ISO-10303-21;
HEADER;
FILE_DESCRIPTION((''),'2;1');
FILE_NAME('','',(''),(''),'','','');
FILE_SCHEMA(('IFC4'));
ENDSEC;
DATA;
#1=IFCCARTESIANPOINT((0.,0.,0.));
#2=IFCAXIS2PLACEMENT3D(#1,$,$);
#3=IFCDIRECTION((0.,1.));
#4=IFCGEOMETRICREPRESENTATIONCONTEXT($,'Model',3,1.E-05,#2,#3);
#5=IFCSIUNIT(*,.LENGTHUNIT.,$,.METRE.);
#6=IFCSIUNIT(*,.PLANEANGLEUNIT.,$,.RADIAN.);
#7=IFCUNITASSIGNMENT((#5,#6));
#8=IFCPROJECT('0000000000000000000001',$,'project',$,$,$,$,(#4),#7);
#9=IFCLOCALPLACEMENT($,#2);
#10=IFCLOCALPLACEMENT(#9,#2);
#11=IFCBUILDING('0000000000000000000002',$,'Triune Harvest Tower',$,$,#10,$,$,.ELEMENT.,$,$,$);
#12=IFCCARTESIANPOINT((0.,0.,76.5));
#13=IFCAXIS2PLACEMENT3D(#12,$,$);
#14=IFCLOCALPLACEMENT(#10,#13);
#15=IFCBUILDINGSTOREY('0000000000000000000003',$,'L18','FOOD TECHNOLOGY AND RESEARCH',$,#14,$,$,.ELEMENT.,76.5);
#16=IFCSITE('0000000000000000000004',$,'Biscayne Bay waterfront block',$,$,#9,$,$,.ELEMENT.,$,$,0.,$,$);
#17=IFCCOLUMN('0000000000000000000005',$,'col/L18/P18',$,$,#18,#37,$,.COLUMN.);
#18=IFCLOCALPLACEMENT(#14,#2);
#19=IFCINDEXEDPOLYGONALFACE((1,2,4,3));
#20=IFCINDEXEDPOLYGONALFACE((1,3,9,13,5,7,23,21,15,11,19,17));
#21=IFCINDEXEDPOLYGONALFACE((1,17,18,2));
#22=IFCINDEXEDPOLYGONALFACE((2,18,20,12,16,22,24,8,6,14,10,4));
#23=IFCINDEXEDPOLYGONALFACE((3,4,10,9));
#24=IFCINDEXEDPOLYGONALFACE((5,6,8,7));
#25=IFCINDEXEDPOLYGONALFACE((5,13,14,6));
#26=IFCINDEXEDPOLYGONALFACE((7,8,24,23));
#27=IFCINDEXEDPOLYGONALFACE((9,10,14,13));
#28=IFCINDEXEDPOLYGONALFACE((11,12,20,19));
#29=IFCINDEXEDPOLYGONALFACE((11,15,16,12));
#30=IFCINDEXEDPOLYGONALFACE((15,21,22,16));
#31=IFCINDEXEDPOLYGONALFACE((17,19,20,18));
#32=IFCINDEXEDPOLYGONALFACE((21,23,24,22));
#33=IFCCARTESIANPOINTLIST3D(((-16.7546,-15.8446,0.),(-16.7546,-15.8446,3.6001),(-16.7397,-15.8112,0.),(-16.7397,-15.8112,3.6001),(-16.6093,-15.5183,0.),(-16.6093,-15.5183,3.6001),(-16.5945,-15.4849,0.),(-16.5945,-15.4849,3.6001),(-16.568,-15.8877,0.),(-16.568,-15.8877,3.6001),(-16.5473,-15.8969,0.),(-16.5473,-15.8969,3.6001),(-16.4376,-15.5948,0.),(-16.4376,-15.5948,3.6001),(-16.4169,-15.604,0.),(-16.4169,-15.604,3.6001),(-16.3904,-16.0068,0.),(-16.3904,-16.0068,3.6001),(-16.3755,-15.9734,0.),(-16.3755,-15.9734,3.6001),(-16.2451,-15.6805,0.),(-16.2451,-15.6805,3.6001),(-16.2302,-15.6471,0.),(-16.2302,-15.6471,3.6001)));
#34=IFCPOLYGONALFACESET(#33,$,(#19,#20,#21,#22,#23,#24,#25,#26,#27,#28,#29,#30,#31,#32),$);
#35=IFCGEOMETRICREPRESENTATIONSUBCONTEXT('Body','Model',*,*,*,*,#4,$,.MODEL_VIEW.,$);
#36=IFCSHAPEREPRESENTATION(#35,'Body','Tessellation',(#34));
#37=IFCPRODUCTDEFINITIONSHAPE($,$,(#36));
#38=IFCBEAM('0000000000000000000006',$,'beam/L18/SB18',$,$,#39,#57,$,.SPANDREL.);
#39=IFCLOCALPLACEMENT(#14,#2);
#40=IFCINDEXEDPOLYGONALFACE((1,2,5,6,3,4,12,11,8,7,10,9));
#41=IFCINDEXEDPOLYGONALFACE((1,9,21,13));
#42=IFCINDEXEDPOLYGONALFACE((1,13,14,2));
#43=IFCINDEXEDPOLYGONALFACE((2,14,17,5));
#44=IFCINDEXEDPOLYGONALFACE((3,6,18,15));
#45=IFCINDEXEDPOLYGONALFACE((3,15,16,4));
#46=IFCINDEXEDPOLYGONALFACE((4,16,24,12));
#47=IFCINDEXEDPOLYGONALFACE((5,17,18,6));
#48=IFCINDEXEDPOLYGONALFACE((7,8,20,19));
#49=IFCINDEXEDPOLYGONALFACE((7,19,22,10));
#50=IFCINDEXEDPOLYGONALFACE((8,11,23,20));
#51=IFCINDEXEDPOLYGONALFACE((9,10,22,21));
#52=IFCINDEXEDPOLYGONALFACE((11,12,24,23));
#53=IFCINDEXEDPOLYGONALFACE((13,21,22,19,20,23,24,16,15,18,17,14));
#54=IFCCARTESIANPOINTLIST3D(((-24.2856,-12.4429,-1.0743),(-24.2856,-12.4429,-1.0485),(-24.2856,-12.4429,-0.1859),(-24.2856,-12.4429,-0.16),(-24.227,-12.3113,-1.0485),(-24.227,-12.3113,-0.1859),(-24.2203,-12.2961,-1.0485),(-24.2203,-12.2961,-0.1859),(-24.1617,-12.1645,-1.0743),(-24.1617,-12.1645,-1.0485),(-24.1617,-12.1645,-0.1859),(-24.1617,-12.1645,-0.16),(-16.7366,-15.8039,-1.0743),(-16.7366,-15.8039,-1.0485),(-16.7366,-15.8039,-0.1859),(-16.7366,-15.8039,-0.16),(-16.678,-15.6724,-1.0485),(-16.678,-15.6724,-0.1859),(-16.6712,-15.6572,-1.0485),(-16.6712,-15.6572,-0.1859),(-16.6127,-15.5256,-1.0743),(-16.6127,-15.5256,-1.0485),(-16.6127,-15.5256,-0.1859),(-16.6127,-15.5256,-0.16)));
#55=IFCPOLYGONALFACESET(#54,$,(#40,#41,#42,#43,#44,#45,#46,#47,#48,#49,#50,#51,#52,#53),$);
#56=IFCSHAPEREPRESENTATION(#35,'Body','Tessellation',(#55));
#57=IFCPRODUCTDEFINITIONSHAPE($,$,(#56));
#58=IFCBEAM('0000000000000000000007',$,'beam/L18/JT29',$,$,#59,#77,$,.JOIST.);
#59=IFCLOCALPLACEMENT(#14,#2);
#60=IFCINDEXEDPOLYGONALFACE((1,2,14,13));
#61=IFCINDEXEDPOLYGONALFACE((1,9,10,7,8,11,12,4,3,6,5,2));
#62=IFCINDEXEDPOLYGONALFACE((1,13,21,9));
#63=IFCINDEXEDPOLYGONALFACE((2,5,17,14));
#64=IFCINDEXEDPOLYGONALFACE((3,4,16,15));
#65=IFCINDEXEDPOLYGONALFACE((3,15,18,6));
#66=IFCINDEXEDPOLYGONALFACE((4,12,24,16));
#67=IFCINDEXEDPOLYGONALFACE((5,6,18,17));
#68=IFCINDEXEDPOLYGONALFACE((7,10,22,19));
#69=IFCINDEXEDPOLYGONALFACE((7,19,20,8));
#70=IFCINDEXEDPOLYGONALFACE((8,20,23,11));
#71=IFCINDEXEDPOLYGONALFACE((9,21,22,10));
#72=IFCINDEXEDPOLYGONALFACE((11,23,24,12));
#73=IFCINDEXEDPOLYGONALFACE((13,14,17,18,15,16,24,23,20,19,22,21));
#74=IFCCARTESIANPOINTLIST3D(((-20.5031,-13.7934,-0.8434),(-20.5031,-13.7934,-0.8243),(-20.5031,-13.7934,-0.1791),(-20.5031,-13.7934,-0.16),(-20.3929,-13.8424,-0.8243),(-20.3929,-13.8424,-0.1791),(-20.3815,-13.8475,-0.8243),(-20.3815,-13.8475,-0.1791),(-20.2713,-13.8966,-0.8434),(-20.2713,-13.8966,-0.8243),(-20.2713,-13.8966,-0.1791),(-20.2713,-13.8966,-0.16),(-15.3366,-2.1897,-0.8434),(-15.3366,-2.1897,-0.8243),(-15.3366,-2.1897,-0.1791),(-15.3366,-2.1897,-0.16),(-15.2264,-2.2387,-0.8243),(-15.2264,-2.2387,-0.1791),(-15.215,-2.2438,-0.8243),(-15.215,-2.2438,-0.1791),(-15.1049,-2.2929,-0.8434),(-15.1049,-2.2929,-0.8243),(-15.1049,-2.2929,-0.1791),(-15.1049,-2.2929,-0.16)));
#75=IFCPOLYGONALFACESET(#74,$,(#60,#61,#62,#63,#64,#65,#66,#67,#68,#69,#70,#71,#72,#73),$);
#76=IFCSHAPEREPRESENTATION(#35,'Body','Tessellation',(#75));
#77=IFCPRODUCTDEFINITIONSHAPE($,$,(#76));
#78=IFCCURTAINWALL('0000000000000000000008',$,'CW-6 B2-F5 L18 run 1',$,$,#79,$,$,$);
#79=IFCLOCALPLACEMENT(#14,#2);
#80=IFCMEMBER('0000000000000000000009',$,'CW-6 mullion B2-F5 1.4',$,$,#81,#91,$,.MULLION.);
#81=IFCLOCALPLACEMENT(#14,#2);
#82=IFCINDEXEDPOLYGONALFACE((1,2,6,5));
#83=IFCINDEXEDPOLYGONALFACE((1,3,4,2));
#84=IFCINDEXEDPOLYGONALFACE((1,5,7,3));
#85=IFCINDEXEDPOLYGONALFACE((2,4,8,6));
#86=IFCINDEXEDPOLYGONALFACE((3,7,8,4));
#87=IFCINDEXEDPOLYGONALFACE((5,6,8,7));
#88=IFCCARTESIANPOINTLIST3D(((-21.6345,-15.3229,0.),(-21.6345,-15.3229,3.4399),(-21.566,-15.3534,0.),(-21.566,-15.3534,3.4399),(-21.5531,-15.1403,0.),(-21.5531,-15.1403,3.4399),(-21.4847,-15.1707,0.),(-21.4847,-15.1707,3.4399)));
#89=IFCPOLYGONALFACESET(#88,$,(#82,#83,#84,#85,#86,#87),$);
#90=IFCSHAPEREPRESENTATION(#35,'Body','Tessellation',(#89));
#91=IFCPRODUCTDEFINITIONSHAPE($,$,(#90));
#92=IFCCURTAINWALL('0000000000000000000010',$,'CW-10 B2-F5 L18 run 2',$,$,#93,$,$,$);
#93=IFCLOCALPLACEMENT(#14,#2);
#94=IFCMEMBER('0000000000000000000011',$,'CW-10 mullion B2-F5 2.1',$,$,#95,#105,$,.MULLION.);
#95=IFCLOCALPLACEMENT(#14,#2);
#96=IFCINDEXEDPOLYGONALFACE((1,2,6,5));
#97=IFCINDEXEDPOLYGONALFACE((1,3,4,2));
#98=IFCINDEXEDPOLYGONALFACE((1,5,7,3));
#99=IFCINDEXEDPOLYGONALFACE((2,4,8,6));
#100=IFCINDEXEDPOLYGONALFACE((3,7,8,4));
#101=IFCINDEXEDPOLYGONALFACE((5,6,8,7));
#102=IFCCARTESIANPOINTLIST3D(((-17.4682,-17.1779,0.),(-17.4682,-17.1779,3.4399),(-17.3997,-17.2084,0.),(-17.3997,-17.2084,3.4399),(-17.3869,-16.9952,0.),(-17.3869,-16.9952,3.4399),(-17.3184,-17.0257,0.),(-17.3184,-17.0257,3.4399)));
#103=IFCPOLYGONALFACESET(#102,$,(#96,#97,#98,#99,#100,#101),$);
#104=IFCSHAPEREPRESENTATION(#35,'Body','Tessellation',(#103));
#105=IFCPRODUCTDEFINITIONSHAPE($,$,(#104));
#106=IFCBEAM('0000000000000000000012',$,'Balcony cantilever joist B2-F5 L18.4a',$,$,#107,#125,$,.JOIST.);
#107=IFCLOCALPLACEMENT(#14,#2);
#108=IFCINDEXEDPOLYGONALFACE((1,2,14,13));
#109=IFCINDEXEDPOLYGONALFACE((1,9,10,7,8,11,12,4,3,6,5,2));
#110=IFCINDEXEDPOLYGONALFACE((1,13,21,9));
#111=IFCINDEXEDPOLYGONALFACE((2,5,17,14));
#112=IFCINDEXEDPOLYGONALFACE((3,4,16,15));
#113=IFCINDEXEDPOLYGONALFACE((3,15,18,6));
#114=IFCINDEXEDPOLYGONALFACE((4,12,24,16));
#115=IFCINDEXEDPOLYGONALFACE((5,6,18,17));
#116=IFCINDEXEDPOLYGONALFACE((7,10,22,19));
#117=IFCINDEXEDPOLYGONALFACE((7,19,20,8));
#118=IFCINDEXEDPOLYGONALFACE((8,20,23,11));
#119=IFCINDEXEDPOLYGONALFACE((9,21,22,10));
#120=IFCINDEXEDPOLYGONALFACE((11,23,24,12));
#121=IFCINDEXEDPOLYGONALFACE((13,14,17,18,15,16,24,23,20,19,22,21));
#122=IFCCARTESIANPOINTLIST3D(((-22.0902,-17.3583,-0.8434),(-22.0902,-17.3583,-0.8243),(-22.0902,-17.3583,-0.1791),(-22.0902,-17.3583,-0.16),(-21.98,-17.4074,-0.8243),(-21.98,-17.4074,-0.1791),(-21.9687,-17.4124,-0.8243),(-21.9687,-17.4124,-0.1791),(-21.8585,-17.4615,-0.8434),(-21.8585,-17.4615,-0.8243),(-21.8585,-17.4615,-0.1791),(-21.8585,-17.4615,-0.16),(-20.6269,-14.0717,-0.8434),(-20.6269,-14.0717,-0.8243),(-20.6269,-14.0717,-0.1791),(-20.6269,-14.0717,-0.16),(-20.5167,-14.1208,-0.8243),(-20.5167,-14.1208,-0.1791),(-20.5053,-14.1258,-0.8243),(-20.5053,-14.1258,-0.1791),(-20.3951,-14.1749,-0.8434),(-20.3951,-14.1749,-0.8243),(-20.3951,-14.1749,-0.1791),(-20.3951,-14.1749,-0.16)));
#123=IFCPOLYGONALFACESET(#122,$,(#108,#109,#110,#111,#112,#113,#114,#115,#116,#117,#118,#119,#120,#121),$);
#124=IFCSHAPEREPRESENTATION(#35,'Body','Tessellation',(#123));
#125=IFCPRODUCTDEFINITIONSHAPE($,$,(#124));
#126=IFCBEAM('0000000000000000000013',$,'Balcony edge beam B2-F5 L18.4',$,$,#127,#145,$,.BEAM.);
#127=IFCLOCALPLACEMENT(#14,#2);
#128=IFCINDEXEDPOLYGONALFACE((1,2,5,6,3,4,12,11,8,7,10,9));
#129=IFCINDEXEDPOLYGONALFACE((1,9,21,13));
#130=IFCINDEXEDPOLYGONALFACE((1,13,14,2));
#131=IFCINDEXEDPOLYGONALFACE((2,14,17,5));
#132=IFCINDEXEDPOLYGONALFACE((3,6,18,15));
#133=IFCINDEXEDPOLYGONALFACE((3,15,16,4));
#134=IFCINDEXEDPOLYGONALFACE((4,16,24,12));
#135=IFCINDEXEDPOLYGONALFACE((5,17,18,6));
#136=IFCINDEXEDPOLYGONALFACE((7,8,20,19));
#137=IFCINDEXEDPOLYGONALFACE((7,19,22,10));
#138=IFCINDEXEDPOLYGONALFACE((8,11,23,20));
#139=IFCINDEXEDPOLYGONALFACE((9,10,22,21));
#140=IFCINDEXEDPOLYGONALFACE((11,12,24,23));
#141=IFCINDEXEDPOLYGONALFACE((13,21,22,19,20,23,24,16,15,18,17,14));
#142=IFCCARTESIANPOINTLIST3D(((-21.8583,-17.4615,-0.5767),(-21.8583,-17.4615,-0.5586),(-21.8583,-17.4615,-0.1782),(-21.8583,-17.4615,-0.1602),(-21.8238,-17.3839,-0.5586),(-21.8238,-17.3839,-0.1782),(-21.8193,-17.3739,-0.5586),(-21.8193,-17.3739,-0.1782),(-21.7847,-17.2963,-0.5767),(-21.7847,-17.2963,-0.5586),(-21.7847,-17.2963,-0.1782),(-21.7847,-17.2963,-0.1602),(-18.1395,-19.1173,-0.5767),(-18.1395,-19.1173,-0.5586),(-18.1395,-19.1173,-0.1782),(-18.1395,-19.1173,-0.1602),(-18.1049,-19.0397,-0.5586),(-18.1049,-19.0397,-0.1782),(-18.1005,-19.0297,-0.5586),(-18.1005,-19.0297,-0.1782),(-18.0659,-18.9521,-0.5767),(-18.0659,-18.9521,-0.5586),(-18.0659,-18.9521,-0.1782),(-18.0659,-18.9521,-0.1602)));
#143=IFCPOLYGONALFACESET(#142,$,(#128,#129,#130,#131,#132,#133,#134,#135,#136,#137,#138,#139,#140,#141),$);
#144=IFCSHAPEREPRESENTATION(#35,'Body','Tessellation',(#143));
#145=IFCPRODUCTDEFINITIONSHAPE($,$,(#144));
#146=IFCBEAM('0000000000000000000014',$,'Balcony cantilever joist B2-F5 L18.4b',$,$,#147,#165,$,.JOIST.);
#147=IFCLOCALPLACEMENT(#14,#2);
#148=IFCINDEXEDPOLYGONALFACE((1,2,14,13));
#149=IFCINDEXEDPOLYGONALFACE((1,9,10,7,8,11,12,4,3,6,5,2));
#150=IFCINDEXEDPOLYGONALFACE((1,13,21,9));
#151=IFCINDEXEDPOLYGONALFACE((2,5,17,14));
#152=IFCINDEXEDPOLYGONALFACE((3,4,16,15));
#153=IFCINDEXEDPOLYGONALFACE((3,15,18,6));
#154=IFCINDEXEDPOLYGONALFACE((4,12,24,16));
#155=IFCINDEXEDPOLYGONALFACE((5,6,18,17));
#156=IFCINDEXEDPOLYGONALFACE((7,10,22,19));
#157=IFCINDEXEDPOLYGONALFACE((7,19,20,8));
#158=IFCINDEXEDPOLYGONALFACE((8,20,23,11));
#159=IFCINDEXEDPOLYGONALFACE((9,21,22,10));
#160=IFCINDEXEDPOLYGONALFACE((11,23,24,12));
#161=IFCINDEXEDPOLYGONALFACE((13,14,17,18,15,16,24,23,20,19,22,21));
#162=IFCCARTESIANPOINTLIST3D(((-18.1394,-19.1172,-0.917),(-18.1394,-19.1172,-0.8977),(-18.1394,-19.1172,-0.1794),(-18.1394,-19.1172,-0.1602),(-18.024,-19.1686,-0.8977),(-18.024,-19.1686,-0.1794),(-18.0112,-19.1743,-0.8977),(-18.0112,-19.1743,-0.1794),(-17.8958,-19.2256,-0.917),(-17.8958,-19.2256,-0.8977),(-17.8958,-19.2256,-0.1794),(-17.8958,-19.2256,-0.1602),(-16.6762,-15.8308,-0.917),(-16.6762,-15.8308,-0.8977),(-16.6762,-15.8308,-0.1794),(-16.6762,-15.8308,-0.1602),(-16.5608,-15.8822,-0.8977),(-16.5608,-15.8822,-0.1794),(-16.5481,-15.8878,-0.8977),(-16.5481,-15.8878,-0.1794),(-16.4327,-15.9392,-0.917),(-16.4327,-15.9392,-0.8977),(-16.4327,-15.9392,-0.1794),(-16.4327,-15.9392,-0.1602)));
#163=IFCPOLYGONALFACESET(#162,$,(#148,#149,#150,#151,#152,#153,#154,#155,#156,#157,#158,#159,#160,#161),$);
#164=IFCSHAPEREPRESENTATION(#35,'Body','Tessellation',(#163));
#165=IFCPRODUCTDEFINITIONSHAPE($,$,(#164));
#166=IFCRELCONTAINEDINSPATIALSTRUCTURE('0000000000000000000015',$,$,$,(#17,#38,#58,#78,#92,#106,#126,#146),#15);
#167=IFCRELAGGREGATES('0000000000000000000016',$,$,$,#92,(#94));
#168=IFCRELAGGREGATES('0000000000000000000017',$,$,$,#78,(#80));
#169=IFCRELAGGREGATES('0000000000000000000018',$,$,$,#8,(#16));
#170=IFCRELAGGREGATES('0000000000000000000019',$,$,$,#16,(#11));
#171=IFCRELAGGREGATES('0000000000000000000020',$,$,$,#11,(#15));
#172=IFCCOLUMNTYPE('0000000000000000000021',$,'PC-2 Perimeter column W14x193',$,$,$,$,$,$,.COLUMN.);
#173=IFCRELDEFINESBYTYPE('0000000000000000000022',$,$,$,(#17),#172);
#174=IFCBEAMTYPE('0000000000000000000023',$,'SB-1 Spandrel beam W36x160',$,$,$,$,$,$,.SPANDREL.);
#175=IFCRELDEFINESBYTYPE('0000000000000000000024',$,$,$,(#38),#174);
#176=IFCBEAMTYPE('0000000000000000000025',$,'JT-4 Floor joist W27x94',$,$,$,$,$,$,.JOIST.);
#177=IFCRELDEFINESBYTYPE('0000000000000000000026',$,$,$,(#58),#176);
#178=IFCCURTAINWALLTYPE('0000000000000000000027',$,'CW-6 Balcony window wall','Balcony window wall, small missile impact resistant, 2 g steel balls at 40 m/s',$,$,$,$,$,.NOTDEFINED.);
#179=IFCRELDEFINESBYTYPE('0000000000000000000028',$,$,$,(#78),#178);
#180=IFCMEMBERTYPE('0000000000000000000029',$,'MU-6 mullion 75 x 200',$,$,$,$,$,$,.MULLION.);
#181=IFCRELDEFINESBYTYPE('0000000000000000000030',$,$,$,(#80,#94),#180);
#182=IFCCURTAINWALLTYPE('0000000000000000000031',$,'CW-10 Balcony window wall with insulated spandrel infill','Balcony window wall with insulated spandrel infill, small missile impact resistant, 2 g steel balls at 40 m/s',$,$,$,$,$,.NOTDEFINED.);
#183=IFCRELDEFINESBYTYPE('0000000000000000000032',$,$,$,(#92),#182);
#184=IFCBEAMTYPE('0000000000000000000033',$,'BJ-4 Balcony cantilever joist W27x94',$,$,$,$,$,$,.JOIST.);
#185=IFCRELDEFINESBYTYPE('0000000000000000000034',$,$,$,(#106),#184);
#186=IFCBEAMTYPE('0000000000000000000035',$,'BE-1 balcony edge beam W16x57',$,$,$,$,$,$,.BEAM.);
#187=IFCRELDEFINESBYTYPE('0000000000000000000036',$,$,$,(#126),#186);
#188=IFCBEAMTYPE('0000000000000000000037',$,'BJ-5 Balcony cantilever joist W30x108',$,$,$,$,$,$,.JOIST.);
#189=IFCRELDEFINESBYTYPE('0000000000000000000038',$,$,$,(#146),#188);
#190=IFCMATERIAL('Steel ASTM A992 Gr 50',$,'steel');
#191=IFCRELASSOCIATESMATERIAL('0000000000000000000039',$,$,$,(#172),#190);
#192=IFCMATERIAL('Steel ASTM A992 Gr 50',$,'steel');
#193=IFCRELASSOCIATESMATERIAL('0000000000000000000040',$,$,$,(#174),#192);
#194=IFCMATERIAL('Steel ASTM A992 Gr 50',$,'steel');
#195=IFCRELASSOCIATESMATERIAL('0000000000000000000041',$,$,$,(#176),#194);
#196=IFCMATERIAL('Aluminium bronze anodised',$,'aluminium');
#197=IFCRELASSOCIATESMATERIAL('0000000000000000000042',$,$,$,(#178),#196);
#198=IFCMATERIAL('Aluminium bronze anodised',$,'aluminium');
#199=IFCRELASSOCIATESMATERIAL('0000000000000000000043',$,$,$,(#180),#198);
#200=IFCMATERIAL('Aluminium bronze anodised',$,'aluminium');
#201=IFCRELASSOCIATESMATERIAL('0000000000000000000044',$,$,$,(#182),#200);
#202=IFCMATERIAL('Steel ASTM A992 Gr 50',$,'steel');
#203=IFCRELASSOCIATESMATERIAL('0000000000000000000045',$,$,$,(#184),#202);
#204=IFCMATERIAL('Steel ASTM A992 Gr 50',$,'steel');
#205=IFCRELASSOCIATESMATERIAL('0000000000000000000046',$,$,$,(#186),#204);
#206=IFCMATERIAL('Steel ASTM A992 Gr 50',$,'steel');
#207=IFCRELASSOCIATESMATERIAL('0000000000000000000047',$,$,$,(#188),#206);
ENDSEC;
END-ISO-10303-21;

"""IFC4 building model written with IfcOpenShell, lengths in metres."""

from ifc_helpers import new_model, si_unit, direction, frame, origin, origin_2d, place, context, subcontext, project, spatial, rectangle, i_section, extrude, source, transform, mapped, material, material_profile, profile_set, type_object, element, aggregate, save


model = new_model("IFC4")

# Units and contexts
model_context = context("Model", 3, precision=1e-05, world=origin(), true_north=direction((0.0, 1.0)))
body_context = subcontext(model_context, "Body", "Model", "MODEL_VIEW")
ifc_project = project(units=[si_unit("LENGTHUNIT", "METRE"), si_unit("PLANEANGLEUNIT", "RADIAN")], contexts=[model_context])

# Site, building, storey
site_placement = place(None, origin())
site = spatial("IfcSite", under=ifc_project, at=site_placement, Name="Biscayne Bay waterfront block", CompositionType="ELEMENT", RefElevation=0.0)
building_placement = place(site_placement, origin())
building = spatial("IfcBuilding", under=site, at=building_placement, Name="Triune Harvest Tower", CompositionType="ELEMENT")
storey_placement = place(building_placement, frame((0.0, 0.0, 76.5)))
storey = spatial("IfcBuildingStorey", under=building, at=storey_placement, Name="L18", Description="FOOD TECHNOLOGY AND RESEARCH", CompositionType="ELEMENT", Elevation=76.5)

# Column
ifc_material_1 = material(Name="Steel ASTM A992 Gr 50", Category="steel")
ifc_material_profile_1 = material_profile(ifc_material_1, i_section(OverallWidth=0.3987, OverallDepth=0.3938, WebThickness=0.0227, FlangeThickness=0.0366, at=origin_2d()), Name="W14x193")
ifc_profile_set_1 = profile_set([ifc_material_profile_1], Name="Steel ASTM A992 Gr 50")
column_type = type_object("IfcColumnType", Name="PC-2 Perimeter column W14x193", PredefinedType="COLUMN", material=ifc_profile_set_1)
shared_shape_1 = source(origin(), body_context, "Body", "SweptSolid", [
    extrude(i_section(OverallWidth=0.3987, OverallDepth=0.3938, WebThickness=0.0227, FlangeThickness=0.0366, at=origin_2d()), origin(), (0.0, 0.0, 1.0), 3.6001),
])
column_placement = place(storey_placement, frame((-16.4924, -15.7458, 0.0), z_axis=(0.0, 0.0, 1.0), x_axis=(0.913545, -0.406737, 0.0)))
element("IfcColumn", 1, at=column_placement, inside=storey, type_object=column_type, Name="col/L18/P18", PredefinedType="COLUMN", context=body_context, shape_type="MappedRepresentation", body=[
    mapped(shared_shape_1, transform((0.0, 0.0, 0.0), scale=1.0)),
])

# Beams
ifc_material_2 = material(Name="Steel ASTM A992 Gr 50", Category="steel")
ifc_material_profile_2 = material_profile(ifc_material_2, i_section(OverallWidth=0.3047, OverallDepth=0.9143, WebThickness=0.0166, FlangeThickness=0.0259, at=origin_2d()), Name="W36x160")
ifc_profile_set_2 = profile_set([ifc_material_profile_2], Name="Steel ASTM A992 Gr 50")
beam_type_1 = type_object("IfcBeamType", Name="SB-1 Spandrel beam W36x160", PredefinedType="SPANDREL", material=ifc_profile_set_2)
shared_shape_2 = source(origin(), body_context, "Body", "SweptSolid", [
    extrude(i_section(OverallWidth=0.3047, OverallDepth=0.9143, WebThickness=0.0166, FlangeThickness=0.0259, at=origin_2d()), origin(), (0.0, 0.0, 1.0), 8.2634),
])
beam_1_placement = place(storey_placement, frame((-24.2236, -12.3037, -0.6172), z_axis=(0.913545, -0.406739, 0.0), x_axis=(0.406739, 0.913545, 0.0)))
element("IfcBeam", 2, at=beam_1_placement, inside=storey, type_object=beam_type_1, Name="beam/L18/SB18", PredefinedType="SPANDREL", context=body_context, shape_type="MappedRepresentation", body=[
    mapped(shared_shape_2, transform((0.0, 0.0, 0.0), scale=1.0)),
])
ifc_material_3 = material(Name="Steel ASTM A992 Gr 50", Category="steel")
ifc_material_profile_3 = material_profile(ifc_material_3, i_section(OverallWidth=0.2537, OverallDepth=0.6833, WebThickness=0.0125, FlangeThickness=0.019, at=origin_2d()), Name="W27x94")
ifc_profile_set_3 = profile_set([ifc_material_profile_3], Name="Steel ASTM A992 Gr 50")
beam_type_2 = type_object("IfcBeamType", Name="JT-4 Floor joist W27x94", PredefinedType="JOIST", material=ifc_profile_set_3)
shared_shape_3 = source(origin(), body_context, "Body", "SweptSolid", [
    extrude(i_section(OverallWidth=0.2537, OverallDepth=0.6833, WebThickness=0.0125, FlangeThickness=0.019, at=origin_2d()), origin(), (0.0, 0.0, 1.0), 12.7019),
])
beam_2_placement = place(storey_placement, frame((-20.3872, -13.845, -0.5017), z_axis=(0.406748, 0.91354, 0.0), x_axis=(-0.91354, 0.406748, 0.0)))
element("IfcBeam", 3, at=beam_2_placement, inside=storey, type_object=beam_type_2, Name="beam/L18/JT29", PredefinedType="JOIST", context=body_context, shape_type="MappedRepresentation", body=[
    mapped(shared_shape_3, transform((0.0, 0.0, 0.0), scale=1.0)),
])

# Curtain walls, members
ifc_material_4 = material(Name="Aluminium bronze anodised", Category="aluminium")
curtain_wall_type_1 = type_object("IfcCurtainWallType", Name="CW-6 Balcony window wall", Description="Balcony window wall, small missile impact resistant, 2 g steel balls at 40 m/s", PredefinedType="NOTDEFINED", material=ifc_material_4)
curtain_wall_1_placement = place(storey_placement, origin())
curtain_wall_1 = element("IfcCurtainWall", 4, at=curtain_wall_1_placement, inside=storey, type_object=curtain_wall_type_1, Name="CW-6 B2-F5 L18 run 1")
ifc_material_5 = material(Name="Aluminium bronze anodised", Category="aluminium")
ifc_material_profile_4 = material_profile(ifc_material_5, rectangle(XDim=0.2, YDim=0.075, at=origin_2d()), Name="MU-6 mullion 75 x 200")
ifc_profile_set_4 = profile_set([ifc_material_profile_4], Name="Aluminium bronze anodised")
member_type_1 = type_object("IfcMemberType", Name="MU-6 mullion 75 x 200", PredefinedType="MULLION", material=ifc_profile_set_4)
shared_shape_4 = source(origin(), body_context, "Body", "SweptSolid", [
    extrude(rectangle(XDim=0.2, YDim=0.075, at=origin_2d()), origin(), (0.0, 0.0, 1.0), 3.4399),
])
member_1_placement = place(storey_placement, frame((-21.5596, -15.2468, 0.0), z_axis=(0.0, 0.0, 1.0), x_axis=(0.406737, 0.913545, 0.0)))
member_1 = element("IfcMember", 5, at=member_1_placement, type_object=member_type_1, Name="CW-6 mullion B2-F5 1.4", PredefinedType="MULLION", context=body_context, shape_type="MappedRepresentation", body=[
    mapped(shared_shape_4, transform((0.0, 0.0, 0.0), scale=1.0)),
])
ifc_material_6 = material(Name="Aluminium bronze anodised", Category="aluminium")
curtain_wall_type_2 = type_object("IfcCurtainWallType", Name="CW-10 Balcony window wall with insulated spandrel infill", Description="Balcony window wall with insulated spandrel infill, small missile impact resistant, 2 g steel balls at 40 m/s", PredefinedType="NOTDEFINED", material=ifc_material_6)
curtain_wall_2_placement = place(storey_placement, origin())
curtain_wall_2 = element("IfcCurtainWall", 6, at=curtain_wall_2_placement, inside=storey, type_object=curtain_wall_type_2, Name="CW-10 B2-F5 L18 run 2")
member_2_placement = place(storey_placement, frame((-17.3933, -17.1018, 0.0), z_axis=(0.0, 0.0, 1.0), x_axis=(0.406737, 0.913545, 0.0)))
member_2 = element("IfcMember", 7, at=member_2_placement, type_object=member_type_1, Name="CW-10 mullion B2-F5 2.1", PredefinedType="MULLION", context=body_context, shape_type="MappedRepresentation", body=[
    mapped(shared_shape_4, transform((0.0, 0.0, 0.0), scale=1.0)),
])

# Beams
ifc_material_7 = material(Name="Steel ASTM A992 Gr 50", Category="steel")
ifc_material_profile_5 = material_profile(ifc_material_7, i_section(OverallWidth=0.2537, OverallDepth=0.6833, WebThickness=0.0125, FlangeThickness=0.019, at=origin_2d()), Name="W27x94")
ifc_profile_set_5 = profile_set([ifc_material_profile_5], Name="Steel ASTM A992 Gr 50")
beam_type_3 = type_object("IfcBeamType", Name="BJ-4 Balcony cantilever joist W27x94", PredefinedType="JOIST", material=ifc_profile_set_5)
shared_shape_5 = source(origin(), body_context, "Body", "SweptSolid", [
    extrude(i_section(OverallWidth=0.2537, OverallDepth=0.6833, WebThickness=0.0125, FlangeThickness=0.019, at=origin_2d()), origin(), (0.0, 0.0, 1.0), 3.5977),
])
beam_3_placement = place(storey_placement, frame((-20.511, -14.1233, -0.5017), z_axis=(-0.406755, -0.913537, 0.0), x_axis=(0.913537, -0.406755, 0.0)))
element("IfcBeam", 8, at=beam_3_placement, inside=storey, type_object=beam_type_3, Name="Balcony cantilever joist B2-F5 L18.4a", PredefinedType="JOIST", context=body_context, shape_type="MappedRepresentation", body=[
    mapped(shared_shape_5, transform((0.0, 0.0, 0.0), scale=1.0)),
])
ifc_material_8 = material(Name="Steel ASTM A992 Gr 50", Category="steel")
ifc_material_profile_6 = material_profile(ifc_material_8, i_section(OverallWidth=0.1809, OverallDepth=0.4165, WebThickness=0.011, FlangeThickness=0.0181, at=origin_2d()), Name="W16x57")
ifc_profile_set_6 = profile_set([ifc_material_profile_6], Name="Steel ASTM A992 Gr 50")
beam_type_4 = type_object("IfcBeamType", Name="BE-1 balcony edge beam W16x57", PredefinedType="BEAM", material=ifc_profile_set_6)
shared_shape_6 = source(origin(), body_context, "Body", "SweptSolid", [
    extrude(i_section(OverallWidth=0.1809, OverallDepth=0.4165, WebThickness=0.011, FlangeThickness=0.0181, at=origin_2d()), origin(), (0.0, 0.0, 1.0), 4.0708),
])
beam_4_placement = place(storey_placement, frame((-21.8215, -17.3789, -0.3684), z_axis=(0.913539, -0.40675, 0.0), x_axis=(0.40675, 0.913539, 0.0)))
element("IfcBeam", 9, at=beam_4_placement, inside=storey, type_object=beam_type_4, Name="Balcony edge beam B2-F5 L18.4", PredefinedType="BEAM", context=body_context, shape_type="MappedRepresentation", body=[
    mapped(shared_shape_6, transform((0.0, 0.0, 0.0), scale=1.0)),
])
ifc_material_9 = material(Name="Steel ASTM A992 Gr 50", Category="steel")
ifc_material_profile_7 = material_profile(ifc_material_9, i_section(OverallWidth=0.2666, OverallDepth=0.7568, WebThickness=0.0139, FlangeThickness=0.0193, at=origin_2d()), Name="W30x108")
ifc_profile_set_7 = profile_set([ifc_material_profile_7], Name="Steel ASTM A992 Gr 50")
beam_type_5 = type_object("IfcBeamType", Name="BJ-5 Balcony cantilever joist W30x108", PredefinedType="JOIST", material=ifc_profile_set_7)
shared_shape_7 = source(origin(), body_context, "Body", "SweptSolid", [
    extrude(i_section(OverallWidth=0.2666, OverallDepth=0.7568, WebThickness=0.0139, FlangeThickness=0.0193, at=origin_2d()), origin(), (0.0, 0.0, 1.0), 3.5974),
])
beam_5_placement = place(storey_placement, frame((-16.5544, -15.885, -0.5386), z_axis=(-0.406724, -0.913551, 0.0), x_axis=(0.913551, -0.406724, 0.0)))
element("IfcBeam", 10, at=beam_5_placement, inside=storey, type_object=beam_type_5, Name="Balcony cantilever joist B2-F5 L18.4b", PredefinedType="JOIST", context=body_context, shape_type="MappedRepresentation", body=[
    mapped(shared_shape_7, transform((0.0, 0.0, 0.0), scale=1.0)),
])

aggregate(curtain_wall_2, [member_2])

aggregate(curtain_wall_1, [member_1])

save(model, "model.ifc")
